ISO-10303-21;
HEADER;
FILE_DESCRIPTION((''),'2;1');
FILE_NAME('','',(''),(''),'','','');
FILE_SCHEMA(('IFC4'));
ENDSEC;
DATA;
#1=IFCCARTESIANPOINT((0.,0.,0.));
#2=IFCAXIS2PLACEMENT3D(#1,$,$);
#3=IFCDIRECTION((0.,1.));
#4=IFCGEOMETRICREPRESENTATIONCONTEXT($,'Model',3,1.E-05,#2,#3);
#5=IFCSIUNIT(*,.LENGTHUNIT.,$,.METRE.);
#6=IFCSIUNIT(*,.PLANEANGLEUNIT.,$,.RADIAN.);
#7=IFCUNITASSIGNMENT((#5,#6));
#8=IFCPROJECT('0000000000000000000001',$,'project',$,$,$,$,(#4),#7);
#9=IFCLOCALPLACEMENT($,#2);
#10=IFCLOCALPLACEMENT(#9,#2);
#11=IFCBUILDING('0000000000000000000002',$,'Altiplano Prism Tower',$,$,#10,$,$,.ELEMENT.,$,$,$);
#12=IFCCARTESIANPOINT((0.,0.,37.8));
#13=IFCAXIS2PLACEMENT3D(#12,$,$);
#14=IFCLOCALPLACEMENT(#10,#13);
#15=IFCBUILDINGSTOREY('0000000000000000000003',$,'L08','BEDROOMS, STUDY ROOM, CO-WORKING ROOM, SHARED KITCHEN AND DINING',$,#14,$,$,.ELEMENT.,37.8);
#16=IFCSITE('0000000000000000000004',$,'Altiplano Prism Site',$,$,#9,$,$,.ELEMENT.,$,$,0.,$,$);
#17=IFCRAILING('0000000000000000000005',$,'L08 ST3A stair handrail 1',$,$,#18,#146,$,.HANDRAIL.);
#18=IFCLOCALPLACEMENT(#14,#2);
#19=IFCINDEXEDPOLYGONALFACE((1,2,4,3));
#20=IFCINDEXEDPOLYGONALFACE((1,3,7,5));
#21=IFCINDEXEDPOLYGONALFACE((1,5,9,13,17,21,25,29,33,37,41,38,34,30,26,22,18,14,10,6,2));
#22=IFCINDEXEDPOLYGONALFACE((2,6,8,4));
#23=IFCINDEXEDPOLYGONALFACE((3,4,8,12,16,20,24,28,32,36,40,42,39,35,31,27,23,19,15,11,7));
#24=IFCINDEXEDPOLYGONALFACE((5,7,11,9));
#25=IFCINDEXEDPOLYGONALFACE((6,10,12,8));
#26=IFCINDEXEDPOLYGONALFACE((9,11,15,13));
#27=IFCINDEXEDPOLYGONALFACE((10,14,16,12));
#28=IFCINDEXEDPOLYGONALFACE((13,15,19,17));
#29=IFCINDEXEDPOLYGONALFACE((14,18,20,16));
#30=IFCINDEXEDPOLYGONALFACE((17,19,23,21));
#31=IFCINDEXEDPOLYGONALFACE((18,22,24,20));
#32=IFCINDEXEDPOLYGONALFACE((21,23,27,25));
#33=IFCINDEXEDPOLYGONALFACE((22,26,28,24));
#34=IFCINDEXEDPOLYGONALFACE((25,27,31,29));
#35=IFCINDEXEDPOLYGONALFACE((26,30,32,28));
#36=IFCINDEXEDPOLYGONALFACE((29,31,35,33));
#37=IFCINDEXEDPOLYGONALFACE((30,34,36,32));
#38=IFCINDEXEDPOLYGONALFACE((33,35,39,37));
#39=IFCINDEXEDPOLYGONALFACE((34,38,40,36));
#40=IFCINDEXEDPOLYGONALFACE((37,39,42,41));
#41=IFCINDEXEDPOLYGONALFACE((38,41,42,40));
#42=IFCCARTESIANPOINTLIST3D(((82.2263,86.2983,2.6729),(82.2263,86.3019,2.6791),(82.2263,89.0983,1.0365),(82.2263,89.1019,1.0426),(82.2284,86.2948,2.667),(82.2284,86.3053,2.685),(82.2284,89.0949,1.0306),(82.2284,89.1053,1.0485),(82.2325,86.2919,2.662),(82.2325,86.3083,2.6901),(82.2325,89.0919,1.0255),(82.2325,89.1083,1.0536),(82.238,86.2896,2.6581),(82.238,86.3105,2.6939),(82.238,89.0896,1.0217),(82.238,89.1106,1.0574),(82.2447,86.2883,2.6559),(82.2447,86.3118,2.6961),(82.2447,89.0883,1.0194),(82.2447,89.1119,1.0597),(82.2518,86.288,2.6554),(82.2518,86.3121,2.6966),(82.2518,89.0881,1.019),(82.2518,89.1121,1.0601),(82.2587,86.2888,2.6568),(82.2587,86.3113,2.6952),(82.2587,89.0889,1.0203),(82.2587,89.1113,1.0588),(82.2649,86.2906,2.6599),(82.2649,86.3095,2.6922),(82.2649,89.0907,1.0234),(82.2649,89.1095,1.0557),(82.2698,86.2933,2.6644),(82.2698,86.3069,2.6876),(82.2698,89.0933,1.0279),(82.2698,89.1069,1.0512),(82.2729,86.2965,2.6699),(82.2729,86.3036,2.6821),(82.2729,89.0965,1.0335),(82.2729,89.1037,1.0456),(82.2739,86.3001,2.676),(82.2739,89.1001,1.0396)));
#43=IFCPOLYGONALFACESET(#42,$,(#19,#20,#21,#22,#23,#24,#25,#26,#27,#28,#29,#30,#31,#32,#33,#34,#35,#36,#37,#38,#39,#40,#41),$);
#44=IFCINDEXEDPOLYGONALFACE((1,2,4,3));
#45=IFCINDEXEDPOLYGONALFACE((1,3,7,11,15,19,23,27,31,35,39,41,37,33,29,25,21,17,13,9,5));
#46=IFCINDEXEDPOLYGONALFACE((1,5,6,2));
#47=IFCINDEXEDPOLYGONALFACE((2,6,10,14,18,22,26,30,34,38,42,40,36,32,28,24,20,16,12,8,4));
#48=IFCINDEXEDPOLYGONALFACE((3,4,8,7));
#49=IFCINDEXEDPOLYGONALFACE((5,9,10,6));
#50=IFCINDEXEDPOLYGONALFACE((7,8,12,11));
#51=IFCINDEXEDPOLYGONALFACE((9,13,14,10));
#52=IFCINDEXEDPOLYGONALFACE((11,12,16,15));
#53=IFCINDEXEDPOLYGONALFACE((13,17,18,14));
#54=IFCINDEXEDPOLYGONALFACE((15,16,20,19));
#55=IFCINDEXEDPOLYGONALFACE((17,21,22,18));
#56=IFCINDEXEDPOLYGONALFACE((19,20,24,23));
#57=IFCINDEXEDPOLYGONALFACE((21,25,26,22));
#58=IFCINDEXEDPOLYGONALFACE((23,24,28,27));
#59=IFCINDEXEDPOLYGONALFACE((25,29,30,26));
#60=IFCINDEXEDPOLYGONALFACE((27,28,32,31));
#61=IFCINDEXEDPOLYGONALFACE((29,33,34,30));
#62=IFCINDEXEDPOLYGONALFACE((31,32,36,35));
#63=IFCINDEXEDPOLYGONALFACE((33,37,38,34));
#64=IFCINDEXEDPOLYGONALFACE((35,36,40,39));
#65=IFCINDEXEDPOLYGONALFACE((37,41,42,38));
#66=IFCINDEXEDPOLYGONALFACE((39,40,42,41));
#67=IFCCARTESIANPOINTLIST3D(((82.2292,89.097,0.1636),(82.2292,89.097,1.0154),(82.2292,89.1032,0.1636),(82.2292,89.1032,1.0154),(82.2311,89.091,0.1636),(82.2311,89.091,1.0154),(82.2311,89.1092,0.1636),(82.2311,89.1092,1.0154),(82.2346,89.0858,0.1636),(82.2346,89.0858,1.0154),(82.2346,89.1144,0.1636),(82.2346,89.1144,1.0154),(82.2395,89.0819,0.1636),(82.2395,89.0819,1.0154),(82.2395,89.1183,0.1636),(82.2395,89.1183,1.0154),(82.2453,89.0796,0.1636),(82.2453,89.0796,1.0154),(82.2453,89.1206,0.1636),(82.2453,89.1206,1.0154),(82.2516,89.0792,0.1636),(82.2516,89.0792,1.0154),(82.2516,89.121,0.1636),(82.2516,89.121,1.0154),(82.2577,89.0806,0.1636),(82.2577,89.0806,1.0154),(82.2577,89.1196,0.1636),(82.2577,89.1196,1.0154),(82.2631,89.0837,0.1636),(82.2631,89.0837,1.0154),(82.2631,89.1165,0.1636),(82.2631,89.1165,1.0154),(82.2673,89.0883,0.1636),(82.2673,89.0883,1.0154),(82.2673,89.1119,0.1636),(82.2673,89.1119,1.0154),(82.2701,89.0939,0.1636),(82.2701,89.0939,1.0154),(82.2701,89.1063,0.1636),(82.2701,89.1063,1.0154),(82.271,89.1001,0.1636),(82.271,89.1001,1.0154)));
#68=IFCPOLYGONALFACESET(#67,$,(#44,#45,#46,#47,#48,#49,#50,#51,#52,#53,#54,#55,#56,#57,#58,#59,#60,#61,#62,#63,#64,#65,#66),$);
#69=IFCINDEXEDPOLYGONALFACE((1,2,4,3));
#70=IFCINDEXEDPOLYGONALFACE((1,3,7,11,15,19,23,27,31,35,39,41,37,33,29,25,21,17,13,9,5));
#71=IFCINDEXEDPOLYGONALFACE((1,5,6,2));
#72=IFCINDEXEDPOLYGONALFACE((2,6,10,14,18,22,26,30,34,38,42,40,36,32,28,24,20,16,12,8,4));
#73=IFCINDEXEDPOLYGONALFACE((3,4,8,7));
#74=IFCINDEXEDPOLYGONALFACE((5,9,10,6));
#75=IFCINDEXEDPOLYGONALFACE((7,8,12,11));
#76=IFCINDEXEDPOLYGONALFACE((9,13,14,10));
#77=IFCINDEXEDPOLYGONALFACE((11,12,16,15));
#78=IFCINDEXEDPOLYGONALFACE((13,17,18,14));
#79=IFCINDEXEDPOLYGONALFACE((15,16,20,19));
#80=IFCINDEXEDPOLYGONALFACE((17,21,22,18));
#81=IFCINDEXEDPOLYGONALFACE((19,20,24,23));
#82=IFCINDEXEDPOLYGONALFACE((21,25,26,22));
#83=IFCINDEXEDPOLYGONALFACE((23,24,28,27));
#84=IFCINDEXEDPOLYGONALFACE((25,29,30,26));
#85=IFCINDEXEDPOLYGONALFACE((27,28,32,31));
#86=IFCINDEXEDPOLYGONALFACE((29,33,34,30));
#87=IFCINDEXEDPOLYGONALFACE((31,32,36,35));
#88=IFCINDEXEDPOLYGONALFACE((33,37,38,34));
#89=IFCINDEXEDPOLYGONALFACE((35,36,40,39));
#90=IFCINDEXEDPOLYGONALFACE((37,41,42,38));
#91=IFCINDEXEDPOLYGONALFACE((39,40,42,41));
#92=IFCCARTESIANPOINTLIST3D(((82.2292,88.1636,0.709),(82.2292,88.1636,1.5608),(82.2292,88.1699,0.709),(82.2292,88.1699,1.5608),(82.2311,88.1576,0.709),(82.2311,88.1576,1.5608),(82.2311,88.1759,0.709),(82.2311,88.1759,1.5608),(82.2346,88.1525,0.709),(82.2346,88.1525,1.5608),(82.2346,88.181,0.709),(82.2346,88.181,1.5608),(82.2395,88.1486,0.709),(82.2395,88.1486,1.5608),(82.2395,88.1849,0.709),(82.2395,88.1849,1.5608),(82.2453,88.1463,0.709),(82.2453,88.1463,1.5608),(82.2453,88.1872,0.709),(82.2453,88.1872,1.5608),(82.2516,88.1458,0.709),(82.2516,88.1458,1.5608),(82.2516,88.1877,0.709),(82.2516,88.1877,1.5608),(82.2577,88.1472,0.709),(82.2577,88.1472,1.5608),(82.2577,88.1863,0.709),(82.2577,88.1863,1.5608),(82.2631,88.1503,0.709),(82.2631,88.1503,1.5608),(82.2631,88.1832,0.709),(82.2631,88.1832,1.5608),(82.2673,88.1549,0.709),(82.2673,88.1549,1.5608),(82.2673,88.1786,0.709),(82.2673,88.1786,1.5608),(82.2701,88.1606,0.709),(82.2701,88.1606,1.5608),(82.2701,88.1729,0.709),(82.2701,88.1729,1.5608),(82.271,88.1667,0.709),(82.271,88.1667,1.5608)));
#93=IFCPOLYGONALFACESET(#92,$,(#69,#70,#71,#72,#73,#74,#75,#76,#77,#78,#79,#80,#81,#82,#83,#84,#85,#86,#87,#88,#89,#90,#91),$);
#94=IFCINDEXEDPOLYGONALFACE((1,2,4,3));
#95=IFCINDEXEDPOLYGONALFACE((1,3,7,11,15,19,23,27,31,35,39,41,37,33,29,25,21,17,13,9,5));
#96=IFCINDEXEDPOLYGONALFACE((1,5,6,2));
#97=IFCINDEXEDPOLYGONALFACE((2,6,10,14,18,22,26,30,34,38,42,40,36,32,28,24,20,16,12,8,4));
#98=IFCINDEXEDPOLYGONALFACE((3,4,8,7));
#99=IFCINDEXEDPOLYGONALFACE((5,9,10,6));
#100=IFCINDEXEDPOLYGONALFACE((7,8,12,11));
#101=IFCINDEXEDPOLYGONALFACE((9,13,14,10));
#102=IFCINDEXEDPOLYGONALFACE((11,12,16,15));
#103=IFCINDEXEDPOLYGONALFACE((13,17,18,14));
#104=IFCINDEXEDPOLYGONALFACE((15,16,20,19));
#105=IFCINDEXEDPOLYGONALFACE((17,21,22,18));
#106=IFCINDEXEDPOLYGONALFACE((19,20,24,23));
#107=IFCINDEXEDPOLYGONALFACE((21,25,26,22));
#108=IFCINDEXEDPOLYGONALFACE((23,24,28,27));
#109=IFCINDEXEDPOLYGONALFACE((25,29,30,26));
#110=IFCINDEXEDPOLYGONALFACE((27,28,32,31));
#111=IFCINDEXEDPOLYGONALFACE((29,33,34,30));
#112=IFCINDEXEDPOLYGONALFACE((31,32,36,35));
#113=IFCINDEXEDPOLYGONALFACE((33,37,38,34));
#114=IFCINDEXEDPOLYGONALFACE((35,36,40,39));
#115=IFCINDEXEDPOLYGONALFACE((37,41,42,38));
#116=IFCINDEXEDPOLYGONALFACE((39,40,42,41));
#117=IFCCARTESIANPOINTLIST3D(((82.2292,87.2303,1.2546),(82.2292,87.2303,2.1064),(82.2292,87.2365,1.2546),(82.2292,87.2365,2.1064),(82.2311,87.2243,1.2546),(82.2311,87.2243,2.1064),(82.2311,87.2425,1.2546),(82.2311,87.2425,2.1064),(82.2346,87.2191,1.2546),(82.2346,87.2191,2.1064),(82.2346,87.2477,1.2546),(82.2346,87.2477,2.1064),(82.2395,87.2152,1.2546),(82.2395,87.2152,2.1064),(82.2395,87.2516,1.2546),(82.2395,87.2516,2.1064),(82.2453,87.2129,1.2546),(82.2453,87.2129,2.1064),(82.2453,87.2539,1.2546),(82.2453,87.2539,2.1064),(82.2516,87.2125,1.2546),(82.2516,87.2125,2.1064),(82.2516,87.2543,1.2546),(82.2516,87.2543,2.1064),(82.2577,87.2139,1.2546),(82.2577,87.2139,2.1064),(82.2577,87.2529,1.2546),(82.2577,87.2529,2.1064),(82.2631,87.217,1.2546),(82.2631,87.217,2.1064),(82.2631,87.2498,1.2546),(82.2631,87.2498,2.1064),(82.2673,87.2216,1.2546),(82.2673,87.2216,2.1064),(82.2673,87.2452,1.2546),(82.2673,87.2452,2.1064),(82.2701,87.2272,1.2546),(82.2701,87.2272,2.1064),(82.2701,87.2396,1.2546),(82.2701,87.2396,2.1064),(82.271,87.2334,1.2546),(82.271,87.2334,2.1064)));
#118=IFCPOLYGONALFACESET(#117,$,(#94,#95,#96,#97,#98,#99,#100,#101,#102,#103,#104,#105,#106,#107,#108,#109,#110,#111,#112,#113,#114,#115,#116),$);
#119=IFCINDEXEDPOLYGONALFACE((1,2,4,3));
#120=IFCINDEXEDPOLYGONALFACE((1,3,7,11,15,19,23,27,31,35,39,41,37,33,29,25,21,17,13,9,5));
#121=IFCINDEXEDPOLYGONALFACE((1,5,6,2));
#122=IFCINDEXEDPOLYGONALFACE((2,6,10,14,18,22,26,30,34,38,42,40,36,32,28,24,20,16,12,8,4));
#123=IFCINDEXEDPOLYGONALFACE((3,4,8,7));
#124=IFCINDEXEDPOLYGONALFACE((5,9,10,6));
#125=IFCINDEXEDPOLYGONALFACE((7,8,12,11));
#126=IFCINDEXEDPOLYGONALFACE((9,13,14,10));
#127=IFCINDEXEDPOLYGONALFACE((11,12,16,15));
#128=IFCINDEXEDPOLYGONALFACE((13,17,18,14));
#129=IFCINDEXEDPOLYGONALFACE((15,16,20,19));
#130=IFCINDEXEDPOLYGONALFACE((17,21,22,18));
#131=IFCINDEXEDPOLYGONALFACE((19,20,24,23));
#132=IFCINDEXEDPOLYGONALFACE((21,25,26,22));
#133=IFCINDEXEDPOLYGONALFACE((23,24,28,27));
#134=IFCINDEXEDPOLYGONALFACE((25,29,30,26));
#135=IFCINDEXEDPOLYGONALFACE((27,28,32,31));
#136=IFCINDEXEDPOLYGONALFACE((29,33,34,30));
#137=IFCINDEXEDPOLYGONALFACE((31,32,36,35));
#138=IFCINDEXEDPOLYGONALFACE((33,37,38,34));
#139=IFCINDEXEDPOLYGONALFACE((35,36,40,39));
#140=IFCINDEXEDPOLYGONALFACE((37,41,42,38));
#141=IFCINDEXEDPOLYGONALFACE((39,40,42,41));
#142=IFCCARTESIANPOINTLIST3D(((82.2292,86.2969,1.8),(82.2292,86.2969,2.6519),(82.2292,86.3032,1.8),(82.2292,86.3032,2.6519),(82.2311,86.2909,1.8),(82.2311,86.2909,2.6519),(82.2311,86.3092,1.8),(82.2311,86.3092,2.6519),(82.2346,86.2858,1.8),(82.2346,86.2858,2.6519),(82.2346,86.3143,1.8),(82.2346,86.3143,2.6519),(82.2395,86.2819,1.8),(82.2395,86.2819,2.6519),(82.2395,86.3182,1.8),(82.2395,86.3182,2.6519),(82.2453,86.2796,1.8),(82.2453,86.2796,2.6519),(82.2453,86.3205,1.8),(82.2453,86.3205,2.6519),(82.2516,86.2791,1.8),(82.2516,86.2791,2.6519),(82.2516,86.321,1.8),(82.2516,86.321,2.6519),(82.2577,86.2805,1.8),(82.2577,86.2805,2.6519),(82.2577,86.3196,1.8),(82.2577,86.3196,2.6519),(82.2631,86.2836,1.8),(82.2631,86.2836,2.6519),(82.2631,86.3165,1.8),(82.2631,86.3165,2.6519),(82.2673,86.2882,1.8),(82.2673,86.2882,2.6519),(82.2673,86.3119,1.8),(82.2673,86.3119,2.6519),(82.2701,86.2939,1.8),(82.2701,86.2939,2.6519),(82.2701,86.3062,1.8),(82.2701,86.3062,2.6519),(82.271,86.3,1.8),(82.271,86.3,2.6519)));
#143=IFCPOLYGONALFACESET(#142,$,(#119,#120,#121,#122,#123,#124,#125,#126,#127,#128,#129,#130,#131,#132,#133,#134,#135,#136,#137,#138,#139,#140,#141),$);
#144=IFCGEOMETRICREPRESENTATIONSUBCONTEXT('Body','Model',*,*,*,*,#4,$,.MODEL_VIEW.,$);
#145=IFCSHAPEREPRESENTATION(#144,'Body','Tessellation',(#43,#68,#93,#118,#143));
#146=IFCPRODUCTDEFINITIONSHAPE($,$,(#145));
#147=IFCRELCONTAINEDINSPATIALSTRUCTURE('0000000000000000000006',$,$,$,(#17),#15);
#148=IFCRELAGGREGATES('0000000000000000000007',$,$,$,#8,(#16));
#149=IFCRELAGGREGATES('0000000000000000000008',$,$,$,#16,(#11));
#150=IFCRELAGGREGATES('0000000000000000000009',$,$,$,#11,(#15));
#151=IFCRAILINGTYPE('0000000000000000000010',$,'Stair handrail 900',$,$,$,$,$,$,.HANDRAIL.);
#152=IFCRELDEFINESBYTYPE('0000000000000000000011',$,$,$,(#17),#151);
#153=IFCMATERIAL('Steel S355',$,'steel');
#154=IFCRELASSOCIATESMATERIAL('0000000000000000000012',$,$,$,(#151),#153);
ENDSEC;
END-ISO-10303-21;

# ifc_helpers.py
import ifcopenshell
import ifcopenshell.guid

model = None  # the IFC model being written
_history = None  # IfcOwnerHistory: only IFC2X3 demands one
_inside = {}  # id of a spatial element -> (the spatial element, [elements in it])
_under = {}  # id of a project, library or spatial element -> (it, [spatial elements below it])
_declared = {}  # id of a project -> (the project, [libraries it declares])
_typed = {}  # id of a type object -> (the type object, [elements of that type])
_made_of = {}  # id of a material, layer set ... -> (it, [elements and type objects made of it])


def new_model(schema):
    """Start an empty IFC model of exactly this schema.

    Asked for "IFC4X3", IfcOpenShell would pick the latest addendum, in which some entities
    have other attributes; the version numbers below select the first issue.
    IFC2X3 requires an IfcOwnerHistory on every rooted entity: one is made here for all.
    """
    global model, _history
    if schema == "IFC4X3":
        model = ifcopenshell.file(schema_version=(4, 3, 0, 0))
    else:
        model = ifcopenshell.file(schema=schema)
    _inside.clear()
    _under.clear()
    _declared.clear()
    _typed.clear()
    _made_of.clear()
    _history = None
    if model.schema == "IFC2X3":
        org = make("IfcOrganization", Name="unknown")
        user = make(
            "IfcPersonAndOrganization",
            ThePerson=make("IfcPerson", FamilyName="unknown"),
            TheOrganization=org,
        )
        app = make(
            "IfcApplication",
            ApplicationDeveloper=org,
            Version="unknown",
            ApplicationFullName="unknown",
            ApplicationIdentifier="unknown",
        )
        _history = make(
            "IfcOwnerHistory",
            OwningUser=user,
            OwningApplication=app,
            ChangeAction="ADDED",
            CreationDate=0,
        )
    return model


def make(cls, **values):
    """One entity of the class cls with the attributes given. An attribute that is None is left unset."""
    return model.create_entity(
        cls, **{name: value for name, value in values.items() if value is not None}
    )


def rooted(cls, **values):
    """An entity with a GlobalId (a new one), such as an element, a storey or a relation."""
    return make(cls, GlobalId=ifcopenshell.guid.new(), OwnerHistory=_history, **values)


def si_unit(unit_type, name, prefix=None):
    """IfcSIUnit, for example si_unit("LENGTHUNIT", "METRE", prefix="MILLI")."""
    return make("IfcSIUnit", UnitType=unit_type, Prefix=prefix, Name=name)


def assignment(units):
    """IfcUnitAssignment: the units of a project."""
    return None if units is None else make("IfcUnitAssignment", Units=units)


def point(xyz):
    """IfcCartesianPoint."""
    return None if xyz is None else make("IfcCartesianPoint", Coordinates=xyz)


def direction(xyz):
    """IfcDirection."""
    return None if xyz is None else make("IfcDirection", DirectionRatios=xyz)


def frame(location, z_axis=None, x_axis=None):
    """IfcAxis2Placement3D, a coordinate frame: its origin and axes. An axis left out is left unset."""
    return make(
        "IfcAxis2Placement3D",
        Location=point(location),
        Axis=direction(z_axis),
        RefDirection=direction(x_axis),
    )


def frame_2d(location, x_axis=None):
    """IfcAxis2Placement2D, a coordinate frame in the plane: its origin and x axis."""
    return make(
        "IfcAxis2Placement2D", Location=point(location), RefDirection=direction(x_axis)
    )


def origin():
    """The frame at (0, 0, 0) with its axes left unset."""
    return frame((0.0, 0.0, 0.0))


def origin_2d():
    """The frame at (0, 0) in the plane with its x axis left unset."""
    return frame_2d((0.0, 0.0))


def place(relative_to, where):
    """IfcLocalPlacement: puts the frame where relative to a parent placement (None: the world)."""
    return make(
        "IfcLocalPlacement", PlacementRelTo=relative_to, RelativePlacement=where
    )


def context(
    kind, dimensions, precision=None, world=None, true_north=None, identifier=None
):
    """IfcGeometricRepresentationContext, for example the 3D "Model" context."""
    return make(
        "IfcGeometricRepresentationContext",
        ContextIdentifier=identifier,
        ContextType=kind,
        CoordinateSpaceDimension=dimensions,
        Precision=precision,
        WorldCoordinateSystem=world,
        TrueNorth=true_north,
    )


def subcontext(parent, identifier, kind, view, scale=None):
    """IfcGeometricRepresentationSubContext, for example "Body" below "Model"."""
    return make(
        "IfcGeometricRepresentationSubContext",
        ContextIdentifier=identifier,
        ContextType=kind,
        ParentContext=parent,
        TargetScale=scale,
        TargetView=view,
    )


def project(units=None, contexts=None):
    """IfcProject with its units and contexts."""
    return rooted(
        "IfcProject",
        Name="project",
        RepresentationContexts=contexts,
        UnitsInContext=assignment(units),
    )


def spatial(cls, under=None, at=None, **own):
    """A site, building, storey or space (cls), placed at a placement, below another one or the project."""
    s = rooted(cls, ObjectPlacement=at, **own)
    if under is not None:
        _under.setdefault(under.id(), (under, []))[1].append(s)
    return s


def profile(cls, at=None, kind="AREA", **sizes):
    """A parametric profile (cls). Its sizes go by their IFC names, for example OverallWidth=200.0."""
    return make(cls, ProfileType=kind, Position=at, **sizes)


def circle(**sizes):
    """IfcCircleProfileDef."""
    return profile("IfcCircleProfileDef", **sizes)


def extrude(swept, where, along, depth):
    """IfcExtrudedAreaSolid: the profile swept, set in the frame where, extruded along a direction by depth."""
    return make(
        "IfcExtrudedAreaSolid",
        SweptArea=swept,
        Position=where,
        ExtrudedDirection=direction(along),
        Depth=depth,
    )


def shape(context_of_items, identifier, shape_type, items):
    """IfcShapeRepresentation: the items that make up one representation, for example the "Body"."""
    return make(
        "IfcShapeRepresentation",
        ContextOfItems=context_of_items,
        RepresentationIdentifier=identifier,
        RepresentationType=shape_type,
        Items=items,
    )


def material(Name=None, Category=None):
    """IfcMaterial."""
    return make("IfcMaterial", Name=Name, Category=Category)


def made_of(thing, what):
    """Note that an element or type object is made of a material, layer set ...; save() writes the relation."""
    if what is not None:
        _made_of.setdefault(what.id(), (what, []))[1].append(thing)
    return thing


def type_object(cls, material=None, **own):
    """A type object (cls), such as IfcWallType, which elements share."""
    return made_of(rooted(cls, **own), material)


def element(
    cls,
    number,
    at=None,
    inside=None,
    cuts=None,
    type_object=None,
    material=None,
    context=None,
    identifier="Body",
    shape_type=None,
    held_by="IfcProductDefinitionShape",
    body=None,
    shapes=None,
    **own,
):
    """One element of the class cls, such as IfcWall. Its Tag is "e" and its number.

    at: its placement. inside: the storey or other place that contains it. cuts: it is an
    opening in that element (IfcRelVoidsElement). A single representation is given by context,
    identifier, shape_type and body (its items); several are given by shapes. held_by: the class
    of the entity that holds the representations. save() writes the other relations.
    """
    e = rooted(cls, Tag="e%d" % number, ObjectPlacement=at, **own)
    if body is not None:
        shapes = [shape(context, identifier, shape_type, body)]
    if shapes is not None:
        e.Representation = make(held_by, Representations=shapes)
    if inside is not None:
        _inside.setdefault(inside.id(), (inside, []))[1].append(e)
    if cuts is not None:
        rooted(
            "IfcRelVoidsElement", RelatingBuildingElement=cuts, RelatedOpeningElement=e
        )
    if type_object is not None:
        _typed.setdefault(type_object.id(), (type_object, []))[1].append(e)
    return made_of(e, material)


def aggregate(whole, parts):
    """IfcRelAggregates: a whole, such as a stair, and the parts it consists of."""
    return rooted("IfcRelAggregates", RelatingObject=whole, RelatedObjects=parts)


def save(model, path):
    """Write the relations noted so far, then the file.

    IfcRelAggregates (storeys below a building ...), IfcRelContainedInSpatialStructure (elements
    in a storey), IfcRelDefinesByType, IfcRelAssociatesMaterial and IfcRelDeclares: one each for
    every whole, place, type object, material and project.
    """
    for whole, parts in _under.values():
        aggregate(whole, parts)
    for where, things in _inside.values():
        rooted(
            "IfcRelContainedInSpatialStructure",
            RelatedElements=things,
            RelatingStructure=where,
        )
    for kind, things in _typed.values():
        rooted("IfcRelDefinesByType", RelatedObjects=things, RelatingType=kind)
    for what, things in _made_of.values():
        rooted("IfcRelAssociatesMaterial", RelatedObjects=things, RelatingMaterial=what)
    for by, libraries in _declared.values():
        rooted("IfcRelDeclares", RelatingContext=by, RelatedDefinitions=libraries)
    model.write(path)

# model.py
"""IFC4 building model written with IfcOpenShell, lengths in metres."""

from ifc_helpers import new_model, si_unit, direction, frame, origin, origin_2d, place, context, subcontext, project, spatial, circle, extrude, material, type_object, element, save


model = new_model("IFC4")

# Units and contexts
model_context = context("Model", 3, precision=1e-05, world=origin(), true_north=direction((0.0, 1.0)))
body_context = subcontext(model_context, "Body", "Model", "MODEL_VIEW")
ifc_project = project(units=[si_unit("LENGTHUNIT", "METRE"), si_unit("PLANEANGLEUNIT", "RADIAN")], contexts=[model_context])

# Site, building, storey
site_placement = place(None, origin())
site = spatial("IfcSite", under=ifc_project, at=site_placement, Name="Altiplano Prism Site", CompositionType="ELEMENT", RefElevation=0.0)
building_placement = place(site_placement, origin())
building = spatial("IfcBuilding", under=site, at=building_placement, Name="Altiplano Prism Tower", CompositionType="ELEMENT")
storey_placement = place(building_placement, frame((0.0, 0.0, 37.8)))
storey = spatial("IfcBuildingStorey", under=building, at=storey_placement, Name="L08", Description="BEDROOMS, STUDY ROOM, CO-WORKING ROOM, SHARED KITCHEN AND DINING", CompositionType="ELEMENT", Elevation=37.8)

# Railing
ifc_material_1 = material(Name="Steel S355", Category="steel")
railing_type_1 = type_object("IfcRailingType", Name="Stair handrail 900", PredefinedType="HANDRAIL", material=ifc_material_1)
railing_1_placement = place(storey_placement, frame((82.25, 89.1001, 0.1636)))
element("IfcRailing", 1, at=railing_1_placement, inside=storey, type_object=railing_type_1, Name="L08 ST3A stair handrail 1", PredefinedType="HANDRAIL", context=body_context, shape_type="SweptSolid", body=[
    extrude(circle(Radius=0.0239, at=origin_2d()), frame((0.0, 0.0, 0.876), z_axis=(0.0, -0.863361, 0.504587), x_axis=(1.0, 0.0, 0.0)), (0.0, 0.0, 1.0), 3.2432),
    extrude(circle(Radius=0.021, at=origin_2d()), origin(), (0.0, 0.0, 1.0), 0.8518),
    extrude(circle(Radius=0.021, at=origin_2d()), frame((0.0, -0.9333, 0.5454)), (0.0, 0.0, 1.0), 0.8518),
    extrude(circle(Radius=0.021, at=origin_2d()), frame((0.0, -1.8667, 1.0911)), (0.0, 0.0, 1.0), 0.8518),
    extrude(circle(Radius=0.021, at=origin_2d()), frame((0.0, -2.8, 1.6365)), (0.0, 0.0, 1.0), 0.8518),
])

save(model, "model.ifc")
